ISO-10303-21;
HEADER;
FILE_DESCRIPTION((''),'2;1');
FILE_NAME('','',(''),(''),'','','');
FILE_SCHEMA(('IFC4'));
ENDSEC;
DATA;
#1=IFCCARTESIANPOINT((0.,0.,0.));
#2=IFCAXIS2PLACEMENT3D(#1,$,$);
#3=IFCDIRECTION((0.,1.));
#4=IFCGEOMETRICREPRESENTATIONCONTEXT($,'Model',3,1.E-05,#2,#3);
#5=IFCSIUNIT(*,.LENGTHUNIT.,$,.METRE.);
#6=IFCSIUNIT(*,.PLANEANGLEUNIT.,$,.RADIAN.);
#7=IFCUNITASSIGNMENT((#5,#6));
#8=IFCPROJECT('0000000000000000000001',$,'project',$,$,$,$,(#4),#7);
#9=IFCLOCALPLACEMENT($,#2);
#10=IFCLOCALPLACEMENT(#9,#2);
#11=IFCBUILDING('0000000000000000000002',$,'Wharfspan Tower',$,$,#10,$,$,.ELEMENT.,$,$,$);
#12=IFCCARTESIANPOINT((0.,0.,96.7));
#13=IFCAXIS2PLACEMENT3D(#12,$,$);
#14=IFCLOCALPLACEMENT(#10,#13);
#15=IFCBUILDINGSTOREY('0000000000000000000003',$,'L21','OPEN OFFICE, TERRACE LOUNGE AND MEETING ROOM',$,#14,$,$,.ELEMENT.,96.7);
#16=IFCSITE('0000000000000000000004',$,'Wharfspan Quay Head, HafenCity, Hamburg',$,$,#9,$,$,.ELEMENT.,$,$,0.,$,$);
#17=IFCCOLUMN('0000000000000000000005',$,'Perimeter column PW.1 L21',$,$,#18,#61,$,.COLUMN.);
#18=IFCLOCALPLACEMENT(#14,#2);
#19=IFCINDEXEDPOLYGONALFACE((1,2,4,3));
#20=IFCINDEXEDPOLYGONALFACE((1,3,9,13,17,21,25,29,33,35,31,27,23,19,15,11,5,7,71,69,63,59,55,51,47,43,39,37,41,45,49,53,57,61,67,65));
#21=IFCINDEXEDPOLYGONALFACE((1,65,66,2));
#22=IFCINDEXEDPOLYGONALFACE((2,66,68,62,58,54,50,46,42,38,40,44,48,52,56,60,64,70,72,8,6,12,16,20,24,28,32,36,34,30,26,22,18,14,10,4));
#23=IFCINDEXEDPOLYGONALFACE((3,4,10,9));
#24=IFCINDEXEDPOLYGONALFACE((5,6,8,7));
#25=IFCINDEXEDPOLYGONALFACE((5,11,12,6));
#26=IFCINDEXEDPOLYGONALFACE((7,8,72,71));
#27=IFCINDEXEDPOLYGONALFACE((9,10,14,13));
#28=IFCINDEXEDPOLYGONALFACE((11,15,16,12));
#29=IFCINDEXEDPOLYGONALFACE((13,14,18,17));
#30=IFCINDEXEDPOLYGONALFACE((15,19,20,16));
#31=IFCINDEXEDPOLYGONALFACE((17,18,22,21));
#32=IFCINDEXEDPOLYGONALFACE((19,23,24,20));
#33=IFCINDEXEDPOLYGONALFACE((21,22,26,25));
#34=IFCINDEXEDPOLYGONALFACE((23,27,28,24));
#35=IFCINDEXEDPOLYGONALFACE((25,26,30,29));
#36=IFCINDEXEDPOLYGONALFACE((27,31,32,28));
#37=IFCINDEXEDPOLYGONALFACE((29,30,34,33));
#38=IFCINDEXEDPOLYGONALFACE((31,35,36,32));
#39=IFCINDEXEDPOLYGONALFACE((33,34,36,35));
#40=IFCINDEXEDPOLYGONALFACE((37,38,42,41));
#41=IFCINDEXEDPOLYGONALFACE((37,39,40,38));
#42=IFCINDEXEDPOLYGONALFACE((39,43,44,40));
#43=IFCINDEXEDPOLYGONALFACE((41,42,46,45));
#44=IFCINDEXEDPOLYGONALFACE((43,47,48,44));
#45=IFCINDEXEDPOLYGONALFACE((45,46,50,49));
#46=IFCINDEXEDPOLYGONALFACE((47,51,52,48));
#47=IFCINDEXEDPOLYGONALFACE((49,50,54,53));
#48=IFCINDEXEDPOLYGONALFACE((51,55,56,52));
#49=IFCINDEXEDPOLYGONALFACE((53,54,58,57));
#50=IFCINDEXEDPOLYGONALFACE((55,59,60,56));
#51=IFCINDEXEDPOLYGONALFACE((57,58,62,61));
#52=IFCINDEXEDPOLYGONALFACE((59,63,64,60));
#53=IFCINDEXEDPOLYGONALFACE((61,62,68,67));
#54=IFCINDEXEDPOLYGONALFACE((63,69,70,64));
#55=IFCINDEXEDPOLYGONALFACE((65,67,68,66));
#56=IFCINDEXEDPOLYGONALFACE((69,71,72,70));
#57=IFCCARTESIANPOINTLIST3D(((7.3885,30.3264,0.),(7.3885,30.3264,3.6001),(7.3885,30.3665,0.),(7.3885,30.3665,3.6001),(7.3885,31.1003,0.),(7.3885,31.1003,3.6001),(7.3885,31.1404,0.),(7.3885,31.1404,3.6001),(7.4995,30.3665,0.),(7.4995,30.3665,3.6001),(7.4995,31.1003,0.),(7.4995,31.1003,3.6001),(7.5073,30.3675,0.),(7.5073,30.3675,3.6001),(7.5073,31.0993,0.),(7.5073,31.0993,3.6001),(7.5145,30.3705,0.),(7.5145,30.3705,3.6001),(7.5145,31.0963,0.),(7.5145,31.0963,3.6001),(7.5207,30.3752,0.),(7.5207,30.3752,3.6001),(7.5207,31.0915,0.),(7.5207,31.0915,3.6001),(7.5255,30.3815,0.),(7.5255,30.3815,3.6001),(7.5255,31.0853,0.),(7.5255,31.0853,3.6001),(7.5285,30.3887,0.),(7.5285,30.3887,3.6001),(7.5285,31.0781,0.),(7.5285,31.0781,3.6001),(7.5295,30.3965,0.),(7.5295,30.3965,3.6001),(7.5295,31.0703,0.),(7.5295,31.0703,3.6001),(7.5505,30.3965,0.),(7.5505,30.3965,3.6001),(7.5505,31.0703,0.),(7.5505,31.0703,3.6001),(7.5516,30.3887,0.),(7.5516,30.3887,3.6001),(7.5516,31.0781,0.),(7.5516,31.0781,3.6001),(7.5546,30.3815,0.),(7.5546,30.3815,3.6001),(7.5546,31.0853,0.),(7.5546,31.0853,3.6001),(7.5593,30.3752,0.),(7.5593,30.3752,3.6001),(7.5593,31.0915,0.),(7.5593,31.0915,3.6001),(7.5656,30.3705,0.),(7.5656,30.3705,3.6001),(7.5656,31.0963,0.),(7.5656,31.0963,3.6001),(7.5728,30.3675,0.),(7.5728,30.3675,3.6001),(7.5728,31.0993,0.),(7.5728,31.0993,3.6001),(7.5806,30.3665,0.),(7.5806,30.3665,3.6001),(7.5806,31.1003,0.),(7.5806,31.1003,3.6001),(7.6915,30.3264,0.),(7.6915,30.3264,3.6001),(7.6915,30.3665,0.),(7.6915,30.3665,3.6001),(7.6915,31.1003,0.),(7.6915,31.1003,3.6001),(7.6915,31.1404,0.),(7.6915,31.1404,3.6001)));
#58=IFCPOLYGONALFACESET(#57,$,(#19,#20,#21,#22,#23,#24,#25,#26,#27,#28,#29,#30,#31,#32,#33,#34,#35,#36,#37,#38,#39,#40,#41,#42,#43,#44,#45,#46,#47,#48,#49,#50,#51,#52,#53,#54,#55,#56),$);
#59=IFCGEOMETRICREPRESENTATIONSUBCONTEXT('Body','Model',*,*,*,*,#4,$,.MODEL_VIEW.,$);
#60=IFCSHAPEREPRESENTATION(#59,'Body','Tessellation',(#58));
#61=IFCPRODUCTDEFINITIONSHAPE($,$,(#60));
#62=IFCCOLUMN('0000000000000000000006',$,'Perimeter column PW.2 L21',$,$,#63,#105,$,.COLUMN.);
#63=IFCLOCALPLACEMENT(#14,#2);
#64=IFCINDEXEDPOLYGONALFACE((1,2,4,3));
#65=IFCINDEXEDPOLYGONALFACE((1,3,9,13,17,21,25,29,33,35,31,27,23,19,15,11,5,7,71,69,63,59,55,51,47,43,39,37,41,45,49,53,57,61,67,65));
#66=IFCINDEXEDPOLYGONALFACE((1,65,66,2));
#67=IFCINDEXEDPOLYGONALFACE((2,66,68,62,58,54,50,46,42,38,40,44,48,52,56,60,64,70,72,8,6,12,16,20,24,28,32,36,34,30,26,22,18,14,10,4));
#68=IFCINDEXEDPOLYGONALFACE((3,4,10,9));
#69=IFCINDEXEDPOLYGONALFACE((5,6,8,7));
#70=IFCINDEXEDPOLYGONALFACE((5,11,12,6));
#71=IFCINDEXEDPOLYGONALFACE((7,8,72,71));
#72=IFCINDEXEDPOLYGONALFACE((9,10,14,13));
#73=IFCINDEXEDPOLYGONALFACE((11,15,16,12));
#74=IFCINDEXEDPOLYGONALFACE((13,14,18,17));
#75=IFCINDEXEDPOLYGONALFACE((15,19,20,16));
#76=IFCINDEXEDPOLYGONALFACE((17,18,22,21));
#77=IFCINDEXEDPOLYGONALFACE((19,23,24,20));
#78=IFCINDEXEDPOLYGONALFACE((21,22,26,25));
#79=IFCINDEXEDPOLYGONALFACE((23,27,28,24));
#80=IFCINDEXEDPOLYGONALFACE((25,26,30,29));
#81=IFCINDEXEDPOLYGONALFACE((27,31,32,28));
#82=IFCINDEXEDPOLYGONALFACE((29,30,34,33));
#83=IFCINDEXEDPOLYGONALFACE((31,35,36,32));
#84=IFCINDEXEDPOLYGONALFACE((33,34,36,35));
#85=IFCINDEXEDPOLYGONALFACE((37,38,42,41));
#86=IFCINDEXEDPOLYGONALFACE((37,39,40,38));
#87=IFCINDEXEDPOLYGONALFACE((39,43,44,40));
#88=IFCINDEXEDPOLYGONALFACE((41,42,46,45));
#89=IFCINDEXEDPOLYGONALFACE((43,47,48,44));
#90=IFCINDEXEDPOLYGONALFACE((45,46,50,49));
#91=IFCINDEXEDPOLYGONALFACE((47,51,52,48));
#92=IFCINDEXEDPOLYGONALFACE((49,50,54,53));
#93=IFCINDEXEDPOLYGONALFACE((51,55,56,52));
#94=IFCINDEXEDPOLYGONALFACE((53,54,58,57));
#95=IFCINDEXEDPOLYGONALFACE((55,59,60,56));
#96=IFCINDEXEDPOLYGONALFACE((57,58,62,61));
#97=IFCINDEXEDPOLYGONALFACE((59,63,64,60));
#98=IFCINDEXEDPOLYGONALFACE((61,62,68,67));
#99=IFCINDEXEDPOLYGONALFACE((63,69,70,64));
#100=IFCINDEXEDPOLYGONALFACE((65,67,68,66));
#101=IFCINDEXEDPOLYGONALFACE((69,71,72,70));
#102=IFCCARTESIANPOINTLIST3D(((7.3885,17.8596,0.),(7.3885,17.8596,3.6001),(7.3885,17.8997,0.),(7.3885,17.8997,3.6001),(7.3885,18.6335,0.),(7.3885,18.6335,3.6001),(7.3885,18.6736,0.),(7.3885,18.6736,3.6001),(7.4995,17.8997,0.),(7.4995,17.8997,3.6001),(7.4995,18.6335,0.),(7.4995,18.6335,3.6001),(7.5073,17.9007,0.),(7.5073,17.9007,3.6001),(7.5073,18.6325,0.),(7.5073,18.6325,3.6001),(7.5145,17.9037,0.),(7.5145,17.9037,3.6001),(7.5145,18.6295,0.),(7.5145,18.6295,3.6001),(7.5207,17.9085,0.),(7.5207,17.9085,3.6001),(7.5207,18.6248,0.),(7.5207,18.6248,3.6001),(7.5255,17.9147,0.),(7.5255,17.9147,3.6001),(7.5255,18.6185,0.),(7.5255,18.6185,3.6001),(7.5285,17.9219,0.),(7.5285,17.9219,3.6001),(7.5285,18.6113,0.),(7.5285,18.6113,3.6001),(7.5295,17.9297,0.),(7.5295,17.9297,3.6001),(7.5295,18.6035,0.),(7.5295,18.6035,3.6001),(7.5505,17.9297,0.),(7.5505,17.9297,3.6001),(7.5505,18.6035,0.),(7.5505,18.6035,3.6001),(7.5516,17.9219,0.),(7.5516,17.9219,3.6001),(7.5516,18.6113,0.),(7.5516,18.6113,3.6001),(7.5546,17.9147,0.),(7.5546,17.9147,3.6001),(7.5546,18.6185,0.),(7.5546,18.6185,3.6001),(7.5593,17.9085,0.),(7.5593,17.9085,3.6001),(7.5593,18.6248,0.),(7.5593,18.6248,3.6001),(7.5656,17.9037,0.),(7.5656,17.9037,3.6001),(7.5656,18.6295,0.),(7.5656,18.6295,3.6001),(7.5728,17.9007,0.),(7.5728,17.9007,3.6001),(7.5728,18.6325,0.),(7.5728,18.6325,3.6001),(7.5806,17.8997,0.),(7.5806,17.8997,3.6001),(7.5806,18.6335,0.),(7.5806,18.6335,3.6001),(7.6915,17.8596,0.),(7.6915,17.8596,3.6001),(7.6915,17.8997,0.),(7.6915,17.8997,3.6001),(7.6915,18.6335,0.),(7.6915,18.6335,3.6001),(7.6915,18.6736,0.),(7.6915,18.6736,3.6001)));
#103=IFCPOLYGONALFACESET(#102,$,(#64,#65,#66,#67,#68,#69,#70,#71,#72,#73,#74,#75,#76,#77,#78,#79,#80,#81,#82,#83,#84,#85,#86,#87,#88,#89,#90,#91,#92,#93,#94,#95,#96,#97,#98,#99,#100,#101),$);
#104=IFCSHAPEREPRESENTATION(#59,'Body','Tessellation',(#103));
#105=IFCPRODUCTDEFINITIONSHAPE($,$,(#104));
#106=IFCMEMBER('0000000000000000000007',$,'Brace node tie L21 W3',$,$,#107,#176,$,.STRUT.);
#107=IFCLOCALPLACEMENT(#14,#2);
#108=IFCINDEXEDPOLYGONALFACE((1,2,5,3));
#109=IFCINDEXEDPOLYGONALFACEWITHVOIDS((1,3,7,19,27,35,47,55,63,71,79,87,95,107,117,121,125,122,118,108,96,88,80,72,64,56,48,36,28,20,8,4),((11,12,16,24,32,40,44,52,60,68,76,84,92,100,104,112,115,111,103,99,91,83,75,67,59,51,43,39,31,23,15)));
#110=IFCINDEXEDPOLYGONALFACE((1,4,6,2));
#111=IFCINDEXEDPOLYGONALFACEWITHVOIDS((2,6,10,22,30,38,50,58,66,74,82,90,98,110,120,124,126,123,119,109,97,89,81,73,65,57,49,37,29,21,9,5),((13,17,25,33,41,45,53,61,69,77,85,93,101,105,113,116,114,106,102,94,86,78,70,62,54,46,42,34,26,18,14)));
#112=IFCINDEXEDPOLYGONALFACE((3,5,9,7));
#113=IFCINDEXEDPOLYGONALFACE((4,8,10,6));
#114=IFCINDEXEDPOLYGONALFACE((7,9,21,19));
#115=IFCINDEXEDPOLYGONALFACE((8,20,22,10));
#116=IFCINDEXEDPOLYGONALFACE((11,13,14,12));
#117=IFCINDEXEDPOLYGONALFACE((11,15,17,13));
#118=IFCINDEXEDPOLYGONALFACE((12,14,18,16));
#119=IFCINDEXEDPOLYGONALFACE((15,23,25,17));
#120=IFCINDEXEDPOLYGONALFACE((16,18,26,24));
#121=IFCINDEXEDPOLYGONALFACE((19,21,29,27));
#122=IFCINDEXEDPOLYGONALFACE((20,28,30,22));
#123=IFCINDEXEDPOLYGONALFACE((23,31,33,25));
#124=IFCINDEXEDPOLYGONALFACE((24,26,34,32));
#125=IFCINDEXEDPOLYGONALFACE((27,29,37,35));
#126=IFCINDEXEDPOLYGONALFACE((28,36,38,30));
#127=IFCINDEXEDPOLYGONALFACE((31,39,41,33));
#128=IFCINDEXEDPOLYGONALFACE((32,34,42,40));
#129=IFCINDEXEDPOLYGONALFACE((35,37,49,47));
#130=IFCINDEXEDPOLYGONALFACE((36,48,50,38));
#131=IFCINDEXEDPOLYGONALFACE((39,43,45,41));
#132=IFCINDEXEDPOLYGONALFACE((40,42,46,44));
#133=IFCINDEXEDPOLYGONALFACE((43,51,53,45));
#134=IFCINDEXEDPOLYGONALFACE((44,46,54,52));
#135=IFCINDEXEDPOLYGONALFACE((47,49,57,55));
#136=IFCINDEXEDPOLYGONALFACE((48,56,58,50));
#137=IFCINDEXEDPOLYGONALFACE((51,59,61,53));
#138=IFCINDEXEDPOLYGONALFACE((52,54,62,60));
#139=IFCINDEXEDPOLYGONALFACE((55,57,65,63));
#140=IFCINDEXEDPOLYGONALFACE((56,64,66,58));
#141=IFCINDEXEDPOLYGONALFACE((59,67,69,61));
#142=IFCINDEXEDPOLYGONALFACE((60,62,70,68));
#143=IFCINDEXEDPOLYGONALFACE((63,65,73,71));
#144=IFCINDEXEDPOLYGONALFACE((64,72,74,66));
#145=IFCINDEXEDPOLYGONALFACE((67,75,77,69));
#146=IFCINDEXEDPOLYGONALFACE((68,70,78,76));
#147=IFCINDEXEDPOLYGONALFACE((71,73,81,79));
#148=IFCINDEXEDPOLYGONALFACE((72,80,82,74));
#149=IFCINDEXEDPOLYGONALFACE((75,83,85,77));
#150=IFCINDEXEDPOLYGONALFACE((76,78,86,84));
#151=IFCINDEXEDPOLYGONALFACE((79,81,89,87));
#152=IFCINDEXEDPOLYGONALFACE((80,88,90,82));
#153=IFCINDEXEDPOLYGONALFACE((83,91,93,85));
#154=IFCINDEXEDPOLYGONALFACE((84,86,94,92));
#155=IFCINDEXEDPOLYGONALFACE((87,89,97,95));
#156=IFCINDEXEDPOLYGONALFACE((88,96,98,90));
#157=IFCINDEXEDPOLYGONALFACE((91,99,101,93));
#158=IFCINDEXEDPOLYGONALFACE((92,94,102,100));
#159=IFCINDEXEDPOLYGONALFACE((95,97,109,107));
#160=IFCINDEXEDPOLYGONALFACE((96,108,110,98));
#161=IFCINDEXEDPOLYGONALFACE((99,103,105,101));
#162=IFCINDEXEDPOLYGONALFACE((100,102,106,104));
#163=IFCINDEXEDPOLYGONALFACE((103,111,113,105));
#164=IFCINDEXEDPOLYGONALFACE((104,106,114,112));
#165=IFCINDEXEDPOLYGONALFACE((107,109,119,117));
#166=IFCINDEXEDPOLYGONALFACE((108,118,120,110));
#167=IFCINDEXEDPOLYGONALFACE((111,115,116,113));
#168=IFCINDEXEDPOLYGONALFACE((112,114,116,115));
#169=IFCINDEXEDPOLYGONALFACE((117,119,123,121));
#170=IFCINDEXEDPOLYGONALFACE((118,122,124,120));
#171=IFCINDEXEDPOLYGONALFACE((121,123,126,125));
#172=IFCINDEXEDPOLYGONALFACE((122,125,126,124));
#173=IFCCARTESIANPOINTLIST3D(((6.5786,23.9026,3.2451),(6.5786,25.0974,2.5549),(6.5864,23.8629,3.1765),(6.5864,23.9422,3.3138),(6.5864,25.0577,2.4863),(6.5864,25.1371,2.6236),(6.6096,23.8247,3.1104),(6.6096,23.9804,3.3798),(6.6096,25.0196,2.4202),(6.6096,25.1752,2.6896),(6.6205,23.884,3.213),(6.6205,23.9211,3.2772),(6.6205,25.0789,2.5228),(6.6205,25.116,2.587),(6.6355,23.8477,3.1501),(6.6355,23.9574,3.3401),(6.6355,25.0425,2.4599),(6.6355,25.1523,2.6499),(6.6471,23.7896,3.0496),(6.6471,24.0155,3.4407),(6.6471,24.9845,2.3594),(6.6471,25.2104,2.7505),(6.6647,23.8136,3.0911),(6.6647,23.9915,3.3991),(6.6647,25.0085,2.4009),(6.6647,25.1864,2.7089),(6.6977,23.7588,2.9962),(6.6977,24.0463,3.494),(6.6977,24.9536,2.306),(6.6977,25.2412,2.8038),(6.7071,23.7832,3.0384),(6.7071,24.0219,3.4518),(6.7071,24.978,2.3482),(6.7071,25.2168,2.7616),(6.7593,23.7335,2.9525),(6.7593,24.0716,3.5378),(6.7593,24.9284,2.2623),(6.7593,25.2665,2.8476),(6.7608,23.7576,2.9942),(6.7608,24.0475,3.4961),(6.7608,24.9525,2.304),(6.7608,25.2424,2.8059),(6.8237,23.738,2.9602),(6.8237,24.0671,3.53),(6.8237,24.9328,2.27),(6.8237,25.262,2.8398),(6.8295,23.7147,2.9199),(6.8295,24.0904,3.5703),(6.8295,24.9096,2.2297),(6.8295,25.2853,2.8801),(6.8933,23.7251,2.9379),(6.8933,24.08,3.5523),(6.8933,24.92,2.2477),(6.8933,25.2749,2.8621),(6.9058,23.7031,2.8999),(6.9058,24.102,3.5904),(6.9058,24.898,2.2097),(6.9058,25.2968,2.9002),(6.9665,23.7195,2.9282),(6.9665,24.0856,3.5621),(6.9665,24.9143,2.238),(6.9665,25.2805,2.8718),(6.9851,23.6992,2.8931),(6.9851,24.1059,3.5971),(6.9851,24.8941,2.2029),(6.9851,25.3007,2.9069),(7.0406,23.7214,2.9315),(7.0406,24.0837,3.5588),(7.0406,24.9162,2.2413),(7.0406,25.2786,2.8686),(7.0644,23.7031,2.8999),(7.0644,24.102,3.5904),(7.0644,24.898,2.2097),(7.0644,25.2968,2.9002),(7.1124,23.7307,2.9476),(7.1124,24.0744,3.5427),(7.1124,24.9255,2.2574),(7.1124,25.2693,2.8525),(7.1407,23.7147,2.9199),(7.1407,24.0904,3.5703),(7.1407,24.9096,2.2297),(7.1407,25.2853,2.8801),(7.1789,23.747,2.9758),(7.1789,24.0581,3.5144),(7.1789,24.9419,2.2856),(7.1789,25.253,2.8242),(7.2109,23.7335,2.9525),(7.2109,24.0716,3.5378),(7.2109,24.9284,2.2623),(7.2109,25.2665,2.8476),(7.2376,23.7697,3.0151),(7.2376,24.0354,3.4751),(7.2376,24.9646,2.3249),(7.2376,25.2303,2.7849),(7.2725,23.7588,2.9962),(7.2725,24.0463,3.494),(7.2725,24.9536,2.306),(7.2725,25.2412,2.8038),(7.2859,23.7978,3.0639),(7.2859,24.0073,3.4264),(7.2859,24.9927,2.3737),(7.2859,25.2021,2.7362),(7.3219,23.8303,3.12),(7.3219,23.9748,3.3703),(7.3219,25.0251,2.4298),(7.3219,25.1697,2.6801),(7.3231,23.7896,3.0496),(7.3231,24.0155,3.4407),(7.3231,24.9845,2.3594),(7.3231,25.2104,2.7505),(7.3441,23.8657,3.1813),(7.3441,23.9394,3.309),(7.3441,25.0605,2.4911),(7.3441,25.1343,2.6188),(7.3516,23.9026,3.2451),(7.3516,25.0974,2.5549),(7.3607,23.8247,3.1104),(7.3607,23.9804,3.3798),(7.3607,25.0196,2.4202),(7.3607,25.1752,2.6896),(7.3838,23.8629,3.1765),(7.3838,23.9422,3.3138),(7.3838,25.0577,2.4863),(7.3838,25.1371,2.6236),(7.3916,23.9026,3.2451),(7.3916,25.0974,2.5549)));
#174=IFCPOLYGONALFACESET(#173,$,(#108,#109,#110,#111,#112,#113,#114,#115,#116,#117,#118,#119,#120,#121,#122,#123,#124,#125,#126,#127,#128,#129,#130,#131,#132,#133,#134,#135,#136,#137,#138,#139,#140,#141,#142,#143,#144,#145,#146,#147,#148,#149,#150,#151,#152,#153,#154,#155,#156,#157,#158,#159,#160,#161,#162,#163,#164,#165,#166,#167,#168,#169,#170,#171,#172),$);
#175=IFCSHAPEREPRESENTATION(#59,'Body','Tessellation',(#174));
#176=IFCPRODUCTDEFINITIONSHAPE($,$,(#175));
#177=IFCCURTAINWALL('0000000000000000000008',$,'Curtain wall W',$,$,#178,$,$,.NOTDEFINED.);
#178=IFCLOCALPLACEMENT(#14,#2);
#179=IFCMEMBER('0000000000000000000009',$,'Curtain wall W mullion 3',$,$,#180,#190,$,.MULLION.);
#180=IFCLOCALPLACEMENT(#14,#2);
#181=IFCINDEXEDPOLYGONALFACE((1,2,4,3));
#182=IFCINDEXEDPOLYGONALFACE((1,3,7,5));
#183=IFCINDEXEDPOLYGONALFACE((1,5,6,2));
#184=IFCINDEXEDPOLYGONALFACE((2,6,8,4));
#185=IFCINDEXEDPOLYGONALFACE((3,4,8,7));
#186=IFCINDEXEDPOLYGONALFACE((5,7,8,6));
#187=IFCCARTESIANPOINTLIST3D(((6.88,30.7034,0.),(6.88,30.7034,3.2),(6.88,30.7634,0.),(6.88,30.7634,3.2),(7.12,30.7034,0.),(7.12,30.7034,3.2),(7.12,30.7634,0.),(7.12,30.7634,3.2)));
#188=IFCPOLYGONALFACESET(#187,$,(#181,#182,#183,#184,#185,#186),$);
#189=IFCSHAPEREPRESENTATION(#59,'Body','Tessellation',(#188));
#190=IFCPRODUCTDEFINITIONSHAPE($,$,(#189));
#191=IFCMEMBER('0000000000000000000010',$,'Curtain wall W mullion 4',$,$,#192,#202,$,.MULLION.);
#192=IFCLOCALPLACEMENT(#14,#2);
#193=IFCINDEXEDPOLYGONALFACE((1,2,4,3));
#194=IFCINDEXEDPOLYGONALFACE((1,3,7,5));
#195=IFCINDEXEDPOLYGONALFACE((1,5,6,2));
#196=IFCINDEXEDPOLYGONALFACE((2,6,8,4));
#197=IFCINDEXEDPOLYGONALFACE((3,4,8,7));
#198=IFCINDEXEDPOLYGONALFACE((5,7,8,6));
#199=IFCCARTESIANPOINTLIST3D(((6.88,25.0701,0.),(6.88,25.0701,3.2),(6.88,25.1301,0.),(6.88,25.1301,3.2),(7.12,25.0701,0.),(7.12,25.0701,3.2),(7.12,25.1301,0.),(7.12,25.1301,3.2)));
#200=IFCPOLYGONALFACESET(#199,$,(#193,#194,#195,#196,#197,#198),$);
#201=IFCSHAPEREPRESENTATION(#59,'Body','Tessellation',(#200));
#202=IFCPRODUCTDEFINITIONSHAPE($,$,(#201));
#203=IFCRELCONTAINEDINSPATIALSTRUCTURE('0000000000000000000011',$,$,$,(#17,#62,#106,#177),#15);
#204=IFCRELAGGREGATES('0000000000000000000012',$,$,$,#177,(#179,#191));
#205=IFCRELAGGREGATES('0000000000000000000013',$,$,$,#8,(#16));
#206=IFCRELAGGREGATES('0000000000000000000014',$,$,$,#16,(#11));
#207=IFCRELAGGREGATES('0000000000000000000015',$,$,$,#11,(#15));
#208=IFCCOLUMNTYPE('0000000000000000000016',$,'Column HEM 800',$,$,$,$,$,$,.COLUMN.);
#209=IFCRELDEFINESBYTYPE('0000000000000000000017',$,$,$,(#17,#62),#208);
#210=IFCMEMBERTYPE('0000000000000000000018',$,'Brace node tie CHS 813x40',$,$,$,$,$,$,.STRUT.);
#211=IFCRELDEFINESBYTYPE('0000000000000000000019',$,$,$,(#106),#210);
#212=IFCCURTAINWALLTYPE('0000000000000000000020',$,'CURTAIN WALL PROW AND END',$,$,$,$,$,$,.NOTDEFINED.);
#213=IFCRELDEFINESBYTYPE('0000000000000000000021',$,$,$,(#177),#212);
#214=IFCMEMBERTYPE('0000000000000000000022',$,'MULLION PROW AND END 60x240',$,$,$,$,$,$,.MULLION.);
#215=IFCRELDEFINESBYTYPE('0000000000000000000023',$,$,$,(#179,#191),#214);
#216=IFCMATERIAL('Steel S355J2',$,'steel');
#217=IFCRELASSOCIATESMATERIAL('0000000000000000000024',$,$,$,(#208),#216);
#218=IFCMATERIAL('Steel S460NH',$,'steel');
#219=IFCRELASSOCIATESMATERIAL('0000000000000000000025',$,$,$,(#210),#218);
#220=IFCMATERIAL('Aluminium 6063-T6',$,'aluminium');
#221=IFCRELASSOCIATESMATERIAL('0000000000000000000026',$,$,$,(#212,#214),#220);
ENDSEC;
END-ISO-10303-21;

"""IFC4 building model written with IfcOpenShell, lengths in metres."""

from ifc_helpers import new_model, si_unit, direction, frame, origin, origin_2d, place, context, subcontext, project, spatial, rectangle, hollow_circle, i_section, extrude, material, material_profile, profile_set, type_object, element, aggregate, save


model = new_model("IFC4")

# Units and contexts
model_context = context("Model", 3, precision=1e-05, world=origin(), true_north=direction((0.0, 1.0)))
body_context = subcontext(model_context, "Body", "Model", "MODEL_VIEW")
ifc_project = project(units=[si_unit("LENGTHUNIT", "METRE"), si_unit("PLANEANGLEUNIT", "RADIAN")], contexts=[model_context])

# Site, building, storey
site_placement = place(None, origin())
site = spatial("IfcSite", under=ifc_project, at=site_placement, Name="Wharfspan Quay Head, HafenCity, Hamburg", CompositionType="ELEMENT", RefElevation=0.0)
building_placement = place(site_placement, origin())
building = spatial("IfcBuilding", under=site, at=building_placement, Name="Wharfspan Tower", CompositionType="ELEMENT")
storey_placement = place(building_placement, frame((0.0, 0.0, 96.7)))
storey = spatial("IfcBuildingStorey", under=building, at=storey_placement, Name="L21", Description="OPEN OFFICE, TERRACE LOUNGE AND MEETING ROOM", CompositionType="ELEMENT", Elevation=96.7)

# Columns
ifc_material_1 = material(Name="Steel S355J2", Category="steel")
ifc_material_profile_1 = material_profile(ifc_material_1, i_section(OverallWidth=0.303, OverallDepth=0.814, WebThickness=0.021, FlangeThickness=0.04, FilletRadius=0.03, at=origin_2d()))
ifc_profile_set_1 = profile_set([ifc_material_profile_1], Name="Steel S355J2")
column_type = type_object("IfcColumnType", Name="Column HEM 800", PredefinedType="COLUMN", material=ifc_profile_set_1)
for number, where, z_axis, x_axis, name in (
    (1, (7.54, 30.7334, 0.0), (0.0, 0.0, 1.0), (-1.0, 0.0, 0.0), "Perimeter column PW.1 L21"),
    (2, (7.54, 18.2666, 0.0), (0.0, 0.0, 1.0), (-1.0, 0.0, 0.0), "Perimeter column PW.2 L21"),
):
    element("IfcColumn", number, at=place(storey_placement, frame(where, z_axis=z_axis, x_axis=x_axis)), inside=storey, type_object=column_type, Name=name, PredefinedType="COLUMN", context=body_context, shape_type="SweptSolid", body=[
        extrude(i_section(OverallWidth=0.303, OverallDepth=0.814, WebThickness=0.021, FlangeThickness=0.04, FilletRadius=0.03, at=origin_2d()), origin(), (0.0, 0.0, 1.0), 3.6001),
    ])

# Member
ifc_material_2 = material(Name="Steel S460NH", Category="steel")
ifc_material_profile_2 = material_profile(ifc_material_2, hollow_circle(Radius=0.4065, WallThickness=0.04, at=origin_2d()))
ifc_profile_set_2 = profile_set([ifc_material_profile_2], Name="Steel S460NH")
member_type_1 = type_object("IfcMemberType", Name="Brace node tie CHS 813x40", PredefinedType="STRUT", material=ifc_profile_set_2)
member_1_placement = place(storey_placement, frame((6.9851, 25.0974, 2.5549), z_axis=(0.0, -0.865914, 0.500192), x_axis=(1.0, 0.0, 0.0)))
element("IfcMember", 3, at=member_1_placement, inside=storey, type_object=member_type_1, Name="Brace node tie L21 W3", PredefinedType="STRUT", context=body_context, shape_type="SweptSolid", body=[
    extrude(hollow_circle(Radius=0.4065, WallThickness=0.04, at=origin_2d()), origin(), (0.0, 0.0, 1.0), 1.3799),
])

# Curtain wall, members
ifc_material_3 = material(Name="Aluminium 6063-T6", Category="aluminium")
curtain_wall_type = type_object("IfcCurtainWallType", Name="CURTAIN WALL PROW AND END", PredefinedType="NOTDEFINED", material=ifc_material_3)
curtain_wall_placement = place(storey_placement, origin())
curtain_wall = element("IfcCurtainWall", 4, at=curtain_wall_placement, inside=storey, type_object=curtain_wall_type, Name="Curtain wall W", PredefinedType="NOTDEFINED")
ifc_material_profile_3 = material_profile(ifc_material_3, rectangle(XDim=0.24, YDim=0.0601, at=origin_2d()))
ifc_profile_set_3 = profile_set([ifc_material_profile_3], Name="Aluminium 6063-T6")
member_type_2 = type_object("IfcMemberType", Name="MULLION PROW AND END 60x240", PredefinedType="MULLION", material=ifc_profile_set_3)
member_2_placement = place(storey_placement, frame((7.0, 30.7334, 0.0), z_axis=(0.0, 0.0, 1.0), x_axis=(1.0, 0.0, 0.0)))
member_2 = element("IfcMember", 5, at=member_2_placement, type_object=member_type_2, Name="Curtain wall W mullion 3", PredefinedType="MULLION", context=body_context, shape_type="SweptSolid", body=[
    extrude(rectangle(XDim=0.24, YDim=0.0601, at=origin_2d()), origin(), (0.0, 0.0, 1.0), 3.2),
])
member_3_placement = place(storey_placement, frame((7.0, 25.1001, 0.0), z_axis=(0.0, 0.0, 1.0), x_axis=(1.0, 0.0, 0.0)))
member_3 = element("IfcMember", 6, at=member_3_placement, type_object=member_type_2, Name="Curtain wall W mullion 4", PredefinedType="MULLION", context=body_context, shape_type="SweptSolid", body=[
    extrude(rectangle(XDim=0.24, YDim=0.0601, at=origin_2d()), origin(), (0.0, 0.0, 1.0), 3.2),
])

aggregate(curtain_wall, [member_2, member_3])

save(model, "model.ifc")
